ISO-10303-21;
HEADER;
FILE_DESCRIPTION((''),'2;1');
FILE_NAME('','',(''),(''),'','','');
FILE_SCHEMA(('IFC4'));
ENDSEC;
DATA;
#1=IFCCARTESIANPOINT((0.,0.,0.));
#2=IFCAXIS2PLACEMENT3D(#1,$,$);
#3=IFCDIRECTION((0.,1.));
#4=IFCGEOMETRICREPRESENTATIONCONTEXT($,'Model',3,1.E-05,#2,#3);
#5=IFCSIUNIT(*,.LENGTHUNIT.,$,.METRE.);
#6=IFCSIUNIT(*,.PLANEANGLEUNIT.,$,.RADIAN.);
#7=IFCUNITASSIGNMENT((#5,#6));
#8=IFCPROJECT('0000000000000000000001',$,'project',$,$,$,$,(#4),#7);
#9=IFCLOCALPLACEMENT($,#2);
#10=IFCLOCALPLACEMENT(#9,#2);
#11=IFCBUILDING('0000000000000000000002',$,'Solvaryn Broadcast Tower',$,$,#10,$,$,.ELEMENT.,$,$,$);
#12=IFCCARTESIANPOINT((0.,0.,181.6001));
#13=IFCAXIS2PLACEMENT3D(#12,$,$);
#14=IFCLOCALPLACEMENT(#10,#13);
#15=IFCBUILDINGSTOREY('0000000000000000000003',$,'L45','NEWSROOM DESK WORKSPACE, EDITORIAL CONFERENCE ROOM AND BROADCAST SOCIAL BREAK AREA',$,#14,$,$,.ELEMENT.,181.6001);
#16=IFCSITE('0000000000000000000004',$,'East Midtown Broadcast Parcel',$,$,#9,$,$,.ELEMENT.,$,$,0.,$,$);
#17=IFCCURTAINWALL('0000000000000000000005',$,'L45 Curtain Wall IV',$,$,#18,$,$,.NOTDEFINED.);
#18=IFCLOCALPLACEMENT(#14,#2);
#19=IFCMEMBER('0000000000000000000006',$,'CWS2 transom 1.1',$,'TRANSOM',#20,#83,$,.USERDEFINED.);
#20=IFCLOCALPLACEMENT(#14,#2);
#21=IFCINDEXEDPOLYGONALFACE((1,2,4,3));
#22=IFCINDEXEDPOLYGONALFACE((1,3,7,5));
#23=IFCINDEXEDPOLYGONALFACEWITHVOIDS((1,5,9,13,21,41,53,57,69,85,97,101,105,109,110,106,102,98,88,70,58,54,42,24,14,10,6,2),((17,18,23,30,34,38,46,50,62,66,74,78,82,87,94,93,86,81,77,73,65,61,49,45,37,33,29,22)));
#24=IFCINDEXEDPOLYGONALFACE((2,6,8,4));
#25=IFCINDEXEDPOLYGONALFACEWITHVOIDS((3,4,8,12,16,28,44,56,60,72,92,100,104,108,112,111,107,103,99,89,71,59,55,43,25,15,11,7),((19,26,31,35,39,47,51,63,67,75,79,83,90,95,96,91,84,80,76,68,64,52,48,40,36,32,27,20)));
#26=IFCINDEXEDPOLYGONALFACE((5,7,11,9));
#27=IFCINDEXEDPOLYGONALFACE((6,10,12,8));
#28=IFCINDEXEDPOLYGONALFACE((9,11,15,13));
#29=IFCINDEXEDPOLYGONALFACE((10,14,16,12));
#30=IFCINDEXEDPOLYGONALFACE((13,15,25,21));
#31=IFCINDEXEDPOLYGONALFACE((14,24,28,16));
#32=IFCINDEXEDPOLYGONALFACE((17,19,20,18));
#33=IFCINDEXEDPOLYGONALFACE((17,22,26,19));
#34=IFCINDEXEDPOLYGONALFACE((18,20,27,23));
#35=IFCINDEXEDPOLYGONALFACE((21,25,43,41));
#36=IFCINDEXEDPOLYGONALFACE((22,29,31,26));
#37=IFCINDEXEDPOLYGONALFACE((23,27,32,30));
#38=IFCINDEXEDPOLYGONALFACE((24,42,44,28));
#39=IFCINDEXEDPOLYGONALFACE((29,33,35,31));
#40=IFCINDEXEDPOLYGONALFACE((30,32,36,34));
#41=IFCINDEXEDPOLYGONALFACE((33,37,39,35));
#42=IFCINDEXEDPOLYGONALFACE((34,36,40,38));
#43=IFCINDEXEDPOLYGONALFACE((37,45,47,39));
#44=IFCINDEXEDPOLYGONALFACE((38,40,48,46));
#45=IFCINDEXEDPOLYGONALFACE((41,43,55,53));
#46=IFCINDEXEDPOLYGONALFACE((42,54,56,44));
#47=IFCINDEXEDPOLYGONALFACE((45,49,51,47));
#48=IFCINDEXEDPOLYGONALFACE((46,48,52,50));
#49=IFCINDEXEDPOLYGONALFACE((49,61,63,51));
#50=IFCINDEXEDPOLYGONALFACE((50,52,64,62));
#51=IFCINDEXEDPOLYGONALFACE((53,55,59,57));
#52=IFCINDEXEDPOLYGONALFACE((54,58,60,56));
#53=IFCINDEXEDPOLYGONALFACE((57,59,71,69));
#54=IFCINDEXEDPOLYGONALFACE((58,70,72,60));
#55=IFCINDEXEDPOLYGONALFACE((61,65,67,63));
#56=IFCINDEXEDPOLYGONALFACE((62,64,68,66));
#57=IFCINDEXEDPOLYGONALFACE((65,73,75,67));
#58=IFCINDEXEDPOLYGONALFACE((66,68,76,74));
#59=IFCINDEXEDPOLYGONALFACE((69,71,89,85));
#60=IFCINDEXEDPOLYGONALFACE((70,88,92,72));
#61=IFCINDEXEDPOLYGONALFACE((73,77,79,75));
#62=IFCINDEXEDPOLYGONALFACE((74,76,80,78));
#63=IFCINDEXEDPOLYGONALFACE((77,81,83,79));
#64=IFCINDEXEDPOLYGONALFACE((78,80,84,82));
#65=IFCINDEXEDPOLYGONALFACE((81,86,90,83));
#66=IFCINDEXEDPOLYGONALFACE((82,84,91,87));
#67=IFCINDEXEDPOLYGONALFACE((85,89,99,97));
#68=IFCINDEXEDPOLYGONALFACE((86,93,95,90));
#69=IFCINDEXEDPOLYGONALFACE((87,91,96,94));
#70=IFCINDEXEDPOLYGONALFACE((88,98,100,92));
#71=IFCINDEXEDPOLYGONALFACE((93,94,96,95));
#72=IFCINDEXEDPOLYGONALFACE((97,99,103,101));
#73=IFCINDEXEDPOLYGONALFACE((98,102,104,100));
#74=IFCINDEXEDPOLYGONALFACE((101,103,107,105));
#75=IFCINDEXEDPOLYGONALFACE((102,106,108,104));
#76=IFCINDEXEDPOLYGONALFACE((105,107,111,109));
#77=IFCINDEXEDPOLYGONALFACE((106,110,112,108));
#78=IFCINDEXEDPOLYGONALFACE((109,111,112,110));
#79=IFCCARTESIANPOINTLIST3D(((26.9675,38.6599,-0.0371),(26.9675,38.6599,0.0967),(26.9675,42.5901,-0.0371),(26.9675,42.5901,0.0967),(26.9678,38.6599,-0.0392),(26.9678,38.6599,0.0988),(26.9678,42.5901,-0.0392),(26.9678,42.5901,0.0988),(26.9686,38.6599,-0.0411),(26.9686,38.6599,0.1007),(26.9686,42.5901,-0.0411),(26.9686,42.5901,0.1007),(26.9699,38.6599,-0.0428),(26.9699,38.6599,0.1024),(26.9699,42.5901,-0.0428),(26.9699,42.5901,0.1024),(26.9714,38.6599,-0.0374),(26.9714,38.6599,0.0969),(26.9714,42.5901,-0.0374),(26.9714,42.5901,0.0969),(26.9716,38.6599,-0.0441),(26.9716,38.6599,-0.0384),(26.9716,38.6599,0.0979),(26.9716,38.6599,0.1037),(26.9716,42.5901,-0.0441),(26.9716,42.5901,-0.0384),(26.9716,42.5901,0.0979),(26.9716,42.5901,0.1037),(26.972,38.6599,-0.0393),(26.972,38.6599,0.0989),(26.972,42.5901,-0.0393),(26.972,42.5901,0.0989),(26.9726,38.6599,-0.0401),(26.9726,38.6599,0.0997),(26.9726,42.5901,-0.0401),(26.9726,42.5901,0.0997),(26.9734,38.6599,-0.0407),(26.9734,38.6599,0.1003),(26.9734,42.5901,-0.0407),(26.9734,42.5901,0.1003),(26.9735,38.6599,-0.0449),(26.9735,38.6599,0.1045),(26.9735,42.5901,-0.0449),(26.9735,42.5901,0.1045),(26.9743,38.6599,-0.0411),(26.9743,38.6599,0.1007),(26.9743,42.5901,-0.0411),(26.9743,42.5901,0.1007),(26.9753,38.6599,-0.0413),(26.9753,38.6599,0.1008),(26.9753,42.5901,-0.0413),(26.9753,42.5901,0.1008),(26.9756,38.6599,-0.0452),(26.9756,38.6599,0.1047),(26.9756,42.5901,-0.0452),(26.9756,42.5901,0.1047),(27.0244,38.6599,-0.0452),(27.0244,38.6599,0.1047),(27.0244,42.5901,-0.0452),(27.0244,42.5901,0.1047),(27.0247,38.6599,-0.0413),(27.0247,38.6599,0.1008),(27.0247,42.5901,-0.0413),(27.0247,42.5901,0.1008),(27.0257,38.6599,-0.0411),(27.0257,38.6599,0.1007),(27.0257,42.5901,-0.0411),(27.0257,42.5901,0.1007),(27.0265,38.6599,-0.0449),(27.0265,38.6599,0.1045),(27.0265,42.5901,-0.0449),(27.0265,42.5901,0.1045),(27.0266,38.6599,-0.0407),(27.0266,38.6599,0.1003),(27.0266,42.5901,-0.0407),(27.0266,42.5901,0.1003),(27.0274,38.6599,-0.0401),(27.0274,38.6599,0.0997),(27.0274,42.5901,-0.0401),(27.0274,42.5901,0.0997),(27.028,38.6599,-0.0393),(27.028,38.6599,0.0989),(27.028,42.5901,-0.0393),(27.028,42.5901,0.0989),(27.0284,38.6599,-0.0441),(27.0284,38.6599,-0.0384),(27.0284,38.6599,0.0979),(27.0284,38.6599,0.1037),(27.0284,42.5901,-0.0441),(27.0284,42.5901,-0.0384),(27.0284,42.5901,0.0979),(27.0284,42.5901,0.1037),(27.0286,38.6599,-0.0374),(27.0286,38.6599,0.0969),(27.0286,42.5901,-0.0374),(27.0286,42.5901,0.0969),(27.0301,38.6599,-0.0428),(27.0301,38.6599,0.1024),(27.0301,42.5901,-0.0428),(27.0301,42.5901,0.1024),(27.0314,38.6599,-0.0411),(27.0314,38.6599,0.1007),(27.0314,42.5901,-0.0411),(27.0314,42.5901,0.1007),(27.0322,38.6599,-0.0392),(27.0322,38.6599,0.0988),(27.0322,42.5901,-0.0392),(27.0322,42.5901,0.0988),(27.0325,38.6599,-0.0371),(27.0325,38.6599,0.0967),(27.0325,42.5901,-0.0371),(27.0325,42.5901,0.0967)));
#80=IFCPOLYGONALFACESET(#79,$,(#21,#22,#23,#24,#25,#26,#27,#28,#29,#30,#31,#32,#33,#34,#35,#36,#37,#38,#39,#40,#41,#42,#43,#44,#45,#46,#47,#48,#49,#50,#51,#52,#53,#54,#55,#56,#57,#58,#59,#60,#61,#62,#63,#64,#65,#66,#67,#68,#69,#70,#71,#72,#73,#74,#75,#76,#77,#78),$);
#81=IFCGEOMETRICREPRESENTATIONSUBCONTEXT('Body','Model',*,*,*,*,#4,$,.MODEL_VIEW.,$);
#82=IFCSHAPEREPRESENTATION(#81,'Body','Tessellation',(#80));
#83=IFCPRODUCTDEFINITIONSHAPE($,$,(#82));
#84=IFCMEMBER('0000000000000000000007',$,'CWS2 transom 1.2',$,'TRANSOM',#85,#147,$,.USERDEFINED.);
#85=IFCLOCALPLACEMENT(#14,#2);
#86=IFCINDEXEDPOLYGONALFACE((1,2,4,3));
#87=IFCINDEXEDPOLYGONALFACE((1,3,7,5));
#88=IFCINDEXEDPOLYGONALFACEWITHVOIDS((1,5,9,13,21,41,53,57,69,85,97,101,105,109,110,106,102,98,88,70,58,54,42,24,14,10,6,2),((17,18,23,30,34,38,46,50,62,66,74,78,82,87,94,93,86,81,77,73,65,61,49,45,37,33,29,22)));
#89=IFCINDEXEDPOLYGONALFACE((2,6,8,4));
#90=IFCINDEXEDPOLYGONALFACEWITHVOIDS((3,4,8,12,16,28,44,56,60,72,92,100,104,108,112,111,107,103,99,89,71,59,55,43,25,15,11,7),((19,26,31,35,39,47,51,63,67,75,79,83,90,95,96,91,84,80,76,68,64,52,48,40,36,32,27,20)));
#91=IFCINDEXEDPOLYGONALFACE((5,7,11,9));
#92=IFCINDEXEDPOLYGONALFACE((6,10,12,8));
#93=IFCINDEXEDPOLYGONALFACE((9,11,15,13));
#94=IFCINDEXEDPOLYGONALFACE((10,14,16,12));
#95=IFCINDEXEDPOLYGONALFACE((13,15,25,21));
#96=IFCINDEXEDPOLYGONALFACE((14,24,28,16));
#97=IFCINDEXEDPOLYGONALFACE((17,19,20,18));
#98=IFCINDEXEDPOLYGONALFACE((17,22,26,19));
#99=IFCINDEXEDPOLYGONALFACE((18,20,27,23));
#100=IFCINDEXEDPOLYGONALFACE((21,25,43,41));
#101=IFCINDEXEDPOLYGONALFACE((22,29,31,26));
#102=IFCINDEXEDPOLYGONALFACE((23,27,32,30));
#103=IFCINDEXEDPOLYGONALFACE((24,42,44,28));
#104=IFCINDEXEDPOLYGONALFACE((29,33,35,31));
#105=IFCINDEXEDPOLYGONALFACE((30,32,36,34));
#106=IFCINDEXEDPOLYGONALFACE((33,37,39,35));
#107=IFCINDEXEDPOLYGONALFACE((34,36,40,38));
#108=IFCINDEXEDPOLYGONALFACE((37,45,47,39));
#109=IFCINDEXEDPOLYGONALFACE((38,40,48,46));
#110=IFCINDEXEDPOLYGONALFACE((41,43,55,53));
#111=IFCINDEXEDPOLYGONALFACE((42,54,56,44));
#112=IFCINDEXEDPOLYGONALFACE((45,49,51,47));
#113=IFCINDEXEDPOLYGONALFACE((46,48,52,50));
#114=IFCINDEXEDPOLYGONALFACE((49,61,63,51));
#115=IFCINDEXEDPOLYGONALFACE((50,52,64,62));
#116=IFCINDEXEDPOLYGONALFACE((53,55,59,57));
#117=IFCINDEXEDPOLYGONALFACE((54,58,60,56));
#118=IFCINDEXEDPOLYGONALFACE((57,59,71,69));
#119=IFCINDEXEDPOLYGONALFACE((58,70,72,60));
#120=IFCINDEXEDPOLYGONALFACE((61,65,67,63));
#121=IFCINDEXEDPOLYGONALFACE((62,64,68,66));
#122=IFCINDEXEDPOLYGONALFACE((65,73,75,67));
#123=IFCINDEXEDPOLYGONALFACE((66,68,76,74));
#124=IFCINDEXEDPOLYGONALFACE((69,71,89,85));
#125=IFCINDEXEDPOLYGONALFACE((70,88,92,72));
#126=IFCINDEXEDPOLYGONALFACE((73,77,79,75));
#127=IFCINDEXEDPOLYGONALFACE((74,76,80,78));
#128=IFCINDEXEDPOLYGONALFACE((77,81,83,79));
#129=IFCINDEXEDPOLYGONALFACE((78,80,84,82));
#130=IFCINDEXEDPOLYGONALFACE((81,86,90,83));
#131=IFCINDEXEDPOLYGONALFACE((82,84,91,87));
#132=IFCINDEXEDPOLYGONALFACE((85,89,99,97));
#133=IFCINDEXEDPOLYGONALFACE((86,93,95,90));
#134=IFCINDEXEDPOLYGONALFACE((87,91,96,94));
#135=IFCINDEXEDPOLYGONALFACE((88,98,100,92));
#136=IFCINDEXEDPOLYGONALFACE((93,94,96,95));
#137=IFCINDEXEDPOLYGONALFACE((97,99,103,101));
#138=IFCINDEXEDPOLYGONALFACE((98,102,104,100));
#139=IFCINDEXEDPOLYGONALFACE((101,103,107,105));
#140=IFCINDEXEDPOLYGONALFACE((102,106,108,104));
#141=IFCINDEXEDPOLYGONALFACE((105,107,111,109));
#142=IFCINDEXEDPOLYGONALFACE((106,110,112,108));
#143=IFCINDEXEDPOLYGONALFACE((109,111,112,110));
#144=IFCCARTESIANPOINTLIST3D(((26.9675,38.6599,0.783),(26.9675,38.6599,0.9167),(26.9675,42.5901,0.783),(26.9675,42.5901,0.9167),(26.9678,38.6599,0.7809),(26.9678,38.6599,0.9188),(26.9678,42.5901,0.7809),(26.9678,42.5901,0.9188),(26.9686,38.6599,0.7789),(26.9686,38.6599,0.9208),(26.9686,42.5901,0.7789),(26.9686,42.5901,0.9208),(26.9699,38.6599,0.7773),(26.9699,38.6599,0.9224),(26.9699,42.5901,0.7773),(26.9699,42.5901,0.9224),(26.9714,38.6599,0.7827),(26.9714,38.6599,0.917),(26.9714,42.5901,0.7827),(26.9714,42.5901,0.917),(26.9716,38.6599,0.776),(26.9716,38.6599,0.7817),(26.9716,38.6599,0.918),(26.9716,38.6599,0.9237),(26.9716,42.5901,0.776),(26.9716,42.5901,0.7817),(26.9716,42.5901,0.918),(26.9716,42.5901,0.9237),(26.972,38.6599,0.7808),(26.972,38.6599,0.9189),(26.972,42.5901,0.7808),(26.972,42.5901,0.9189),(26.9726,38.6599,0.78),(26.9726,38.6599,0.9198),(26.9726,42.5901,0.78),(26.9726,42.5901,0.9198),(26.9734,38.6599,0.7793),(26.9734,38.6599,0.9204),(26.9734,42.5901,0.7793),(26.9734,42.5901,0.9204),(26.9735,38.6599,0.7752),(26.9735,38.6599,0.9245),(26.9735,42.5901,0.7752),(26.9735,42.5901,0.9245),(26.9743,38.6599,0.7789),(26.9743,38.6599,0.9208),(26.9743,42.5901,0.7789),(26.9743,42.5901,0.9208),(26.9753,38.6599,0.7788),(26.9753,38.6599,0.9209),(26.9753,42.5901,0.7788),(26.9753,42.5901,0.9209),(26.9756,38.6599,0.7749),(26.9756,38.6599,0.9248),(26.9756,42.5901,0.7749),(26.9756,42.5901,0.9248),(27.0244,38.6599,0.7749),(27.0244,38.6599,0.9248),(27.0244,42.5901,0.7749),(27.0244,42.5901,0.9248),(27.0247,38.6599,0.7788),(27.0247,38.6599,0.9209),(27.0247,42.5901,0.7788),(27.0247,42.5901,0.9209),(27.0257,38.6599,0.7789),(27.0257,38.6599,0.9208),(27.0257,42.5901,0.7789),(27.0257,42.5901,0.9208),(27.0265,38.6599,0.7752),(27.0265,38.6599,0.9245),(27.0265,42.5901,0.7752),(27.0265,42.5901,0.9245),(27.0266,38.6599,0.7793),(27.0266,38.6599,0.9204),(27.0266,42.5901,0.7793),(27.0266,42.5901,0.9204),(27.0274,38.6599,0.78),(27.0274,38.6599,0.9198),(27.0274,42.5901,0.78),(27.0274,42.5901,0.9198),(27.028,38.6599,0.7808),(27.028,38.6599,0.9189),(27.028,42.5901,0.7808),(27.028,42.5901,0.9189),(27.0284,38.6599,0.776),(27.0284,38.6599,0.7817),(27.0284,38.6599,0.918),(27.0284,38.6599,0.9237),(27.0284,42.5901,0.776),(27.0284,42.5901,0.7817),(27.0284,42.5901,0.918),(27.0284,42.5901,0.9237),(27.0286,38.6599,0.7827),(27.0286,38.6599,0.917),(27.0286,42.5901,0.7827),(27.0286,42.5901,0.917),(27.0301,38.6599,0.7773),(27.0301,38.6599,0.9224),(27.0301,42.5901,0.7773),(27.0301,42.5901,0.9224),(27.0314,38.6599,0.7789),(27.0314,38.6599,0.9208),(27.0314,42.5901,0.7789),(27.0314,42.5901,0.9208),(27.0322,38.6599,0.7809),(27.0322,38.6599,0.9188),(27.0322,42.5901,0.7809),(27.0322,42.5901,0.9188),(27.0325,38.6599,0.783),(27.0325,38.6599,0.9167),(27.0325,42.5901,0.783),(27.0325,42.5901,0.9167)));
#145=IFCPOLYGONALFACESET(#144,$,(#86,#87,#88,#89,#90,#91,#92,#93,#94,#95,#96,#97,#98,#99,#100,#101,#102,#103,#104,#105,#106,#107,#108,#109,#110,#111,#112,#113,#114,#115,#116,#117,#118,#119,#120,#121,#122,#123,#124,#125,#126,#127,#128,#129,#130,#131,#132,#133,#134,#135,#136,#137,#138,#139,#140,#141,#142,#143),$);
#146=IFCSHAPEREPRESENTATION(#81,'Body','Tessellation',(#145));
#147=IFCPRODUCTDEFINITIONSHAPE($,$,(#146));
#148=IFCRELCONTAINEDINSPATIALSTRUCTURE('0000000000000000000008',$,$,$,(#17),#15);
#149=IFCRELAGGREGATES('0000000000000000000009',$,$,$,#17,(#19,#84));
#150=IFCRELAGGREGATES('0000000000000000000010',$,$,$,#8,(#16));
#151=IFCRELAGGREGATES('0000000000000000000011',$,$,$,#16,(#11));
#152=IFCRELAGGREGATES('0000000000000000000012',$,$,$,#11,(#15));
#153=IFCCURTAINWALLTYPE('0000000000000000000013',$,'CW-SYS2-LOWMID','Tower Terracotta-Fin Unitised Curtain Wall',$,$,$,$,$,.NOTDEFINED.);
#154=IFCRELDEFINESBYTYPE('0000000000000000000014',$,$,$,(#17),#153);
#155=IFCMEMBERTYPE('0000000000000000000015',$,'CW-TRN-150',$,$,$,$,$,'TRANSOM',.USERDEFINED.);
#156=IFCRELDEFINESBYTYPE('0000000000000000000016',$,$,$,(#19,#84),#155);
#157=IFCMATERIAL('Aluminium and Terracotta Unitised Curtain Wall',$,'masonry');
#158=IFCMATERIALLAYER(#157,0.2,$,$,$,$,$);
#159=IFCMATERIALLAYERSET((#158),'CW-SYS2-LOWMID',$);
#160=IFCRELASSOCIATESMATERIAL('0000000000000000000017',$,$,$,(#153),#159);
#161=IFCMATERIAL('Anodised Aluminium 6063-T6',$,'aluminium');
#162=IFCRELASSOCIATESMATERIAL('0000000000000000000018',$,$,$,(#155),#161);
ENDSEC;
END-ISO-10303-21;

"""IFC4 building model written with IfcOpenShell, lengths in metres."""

from ifc_helpers import new_model, si_unit, direction, frame, origin, origin_2d, place, context, subcontext, project, spatial, hollow_rectangle, extrude, material, layer, layer_set, material_profile, profile_set, type_object, element, aggregate, save


model = new_model("IFC4")

# Units and contexts
model_context = context("Model", 3, precision=1e-05, world=origin(), true_north=direction((0.0, 1.0)))
body_context = subcontext(model_context, "Body", "Model", "MODEL_VIEW")
ifc_project = project(units=[si_unit("LENGTHUNIT", "METRE"), si_unit("PLANEANGLEUNIT", "RADIAN")], contexts=[model_context])

# Site, building, storey
site_placement = place(None, origin())
site = spatial("IfcSite", under=ifc_project, at=site_placement, Name="East Midtown Broadcast Parcel", CompositionType="ELEMENT", RefElevation=0.0)
building_placement = place(site_placement, origin())
building = spatial("IfcBuilding", under=site, at=building_placement, Name="Solvaryn Broadcast Tower", CompositionType="ELEMENT")
storey_placement = place(building_placement, frame((0.0, 0.0, 181.6001)))
storey = spatial("IfcBuildingStorey", under=building, at=storey_placement, Name="L45", Description="NEWSROOM DESK WORKSPACE, EDITORIAL CONFERENCE ROOM AND BROADCAST SOCIAL BREAK AREA", CompositionType="ELEMENT", Elevation=181.6001)

# Curtain wall
ifc_material_1 = material(Name="Aluminium and Terracotta Unitised Curtain Wall", Category="masonry")
ifc_layer_1 = layer(ifc_material_1, 0.2)
ifc_layer_set_1 = layer_set([ifc_layer_1], Name="CW-SYS2-LOWMID")
curtain_wall_type = type_object("IfcCurtainWallType", Name="CW-SYS2-LOWMID", Description="Tower Terracotta-Fin Unitised Curtain Wall", PredefinedType="NOTDEFINED", material=ifc_layer_set_1)
curtain_wall_1_placement = place(storey_placement, origin())
curtain_wall_1 = element("IfcCurtainWall", 1, at=curtain_wall_1_placement, inside=storey, type_object=curtain_wall_type, Name="L45 Curtain Wall IV", PredefinedType="NOTDEFINED")

# Members
ifc_material_2 = material(Name="Anodised Aluminium 6063-T6", Category="aluminium")
ifc_material_profile_1 = material_profile(ifc_material_2, hollow_rectangle(XDim=0.0649, YDim=0.1499, WallThickness=0.0039, InnerFilletRadius=0.0039, OuterFilletRadius=0.0081, at=origin_2d()))
ifc_profile_set_1 = profile_set([ifc_material_profile_1], Name="Anodised Aluminium 6063-T6")
member_type_1 = type_object("IfcMemberType", Name="CW-TRN-150", ElementType="TRANSOM", PredefinedType="USERDEFINED", material=ifc_profile_set_1)
member_1_placement = place(storey_placement, frame((27.0, 42.5901, 0.0298), z_axis=(0.0, -1.0, 0.0), x_axis=(1.0, 0.0, 0.0)))
member_1 = element("IfcMember", 2, at=member_1_placement, type_object=member_type_1, Name="CWS2 transom 1.1", ObjectType="TRANSOM", PredefinedType="USERDEFINED", context=body_context, shape_type="SweptSolid", body=[
    extrude(hollow_rectangle(XDim=0.0649, YDim=0.1499, WallThickness=0.0039, InnerFilletRadius=0.0039, OuterFilletRadius=0.0081, at=origin_2d()), origin(), (0.0, 0.0, 1.0), 3.9302),
])
member_2_placement = place(storey_placement, frame((27.0, 42.5901, 0.8499), z_axis=(0.0, -1.0, 0.0), x_axis=(1.0, 0.0, 0.0)))
member_2 = element("IfcMember", 3, at=member_2_placement, type_object=member_type_1, Name="CWS2 transom 1.2", ObjectType="TRANSOM", PredefinedType="USERDEFINED", context=body_context, shape_type="SweptSolid", body=[
    extrude(hollow_rectangle(XDim=0.0649, YDim=0.1499, WallThickness=0.0039, InnerFilletRadius=0.0039, OuterFilletRadius=0.0081, at=origin_2d()), origin(), (0.0, 0.0, 1.0), 3.9302),
])

aggregate(curtain_wall_1, [member_1, member_2])

save(model, "model.ifc")
